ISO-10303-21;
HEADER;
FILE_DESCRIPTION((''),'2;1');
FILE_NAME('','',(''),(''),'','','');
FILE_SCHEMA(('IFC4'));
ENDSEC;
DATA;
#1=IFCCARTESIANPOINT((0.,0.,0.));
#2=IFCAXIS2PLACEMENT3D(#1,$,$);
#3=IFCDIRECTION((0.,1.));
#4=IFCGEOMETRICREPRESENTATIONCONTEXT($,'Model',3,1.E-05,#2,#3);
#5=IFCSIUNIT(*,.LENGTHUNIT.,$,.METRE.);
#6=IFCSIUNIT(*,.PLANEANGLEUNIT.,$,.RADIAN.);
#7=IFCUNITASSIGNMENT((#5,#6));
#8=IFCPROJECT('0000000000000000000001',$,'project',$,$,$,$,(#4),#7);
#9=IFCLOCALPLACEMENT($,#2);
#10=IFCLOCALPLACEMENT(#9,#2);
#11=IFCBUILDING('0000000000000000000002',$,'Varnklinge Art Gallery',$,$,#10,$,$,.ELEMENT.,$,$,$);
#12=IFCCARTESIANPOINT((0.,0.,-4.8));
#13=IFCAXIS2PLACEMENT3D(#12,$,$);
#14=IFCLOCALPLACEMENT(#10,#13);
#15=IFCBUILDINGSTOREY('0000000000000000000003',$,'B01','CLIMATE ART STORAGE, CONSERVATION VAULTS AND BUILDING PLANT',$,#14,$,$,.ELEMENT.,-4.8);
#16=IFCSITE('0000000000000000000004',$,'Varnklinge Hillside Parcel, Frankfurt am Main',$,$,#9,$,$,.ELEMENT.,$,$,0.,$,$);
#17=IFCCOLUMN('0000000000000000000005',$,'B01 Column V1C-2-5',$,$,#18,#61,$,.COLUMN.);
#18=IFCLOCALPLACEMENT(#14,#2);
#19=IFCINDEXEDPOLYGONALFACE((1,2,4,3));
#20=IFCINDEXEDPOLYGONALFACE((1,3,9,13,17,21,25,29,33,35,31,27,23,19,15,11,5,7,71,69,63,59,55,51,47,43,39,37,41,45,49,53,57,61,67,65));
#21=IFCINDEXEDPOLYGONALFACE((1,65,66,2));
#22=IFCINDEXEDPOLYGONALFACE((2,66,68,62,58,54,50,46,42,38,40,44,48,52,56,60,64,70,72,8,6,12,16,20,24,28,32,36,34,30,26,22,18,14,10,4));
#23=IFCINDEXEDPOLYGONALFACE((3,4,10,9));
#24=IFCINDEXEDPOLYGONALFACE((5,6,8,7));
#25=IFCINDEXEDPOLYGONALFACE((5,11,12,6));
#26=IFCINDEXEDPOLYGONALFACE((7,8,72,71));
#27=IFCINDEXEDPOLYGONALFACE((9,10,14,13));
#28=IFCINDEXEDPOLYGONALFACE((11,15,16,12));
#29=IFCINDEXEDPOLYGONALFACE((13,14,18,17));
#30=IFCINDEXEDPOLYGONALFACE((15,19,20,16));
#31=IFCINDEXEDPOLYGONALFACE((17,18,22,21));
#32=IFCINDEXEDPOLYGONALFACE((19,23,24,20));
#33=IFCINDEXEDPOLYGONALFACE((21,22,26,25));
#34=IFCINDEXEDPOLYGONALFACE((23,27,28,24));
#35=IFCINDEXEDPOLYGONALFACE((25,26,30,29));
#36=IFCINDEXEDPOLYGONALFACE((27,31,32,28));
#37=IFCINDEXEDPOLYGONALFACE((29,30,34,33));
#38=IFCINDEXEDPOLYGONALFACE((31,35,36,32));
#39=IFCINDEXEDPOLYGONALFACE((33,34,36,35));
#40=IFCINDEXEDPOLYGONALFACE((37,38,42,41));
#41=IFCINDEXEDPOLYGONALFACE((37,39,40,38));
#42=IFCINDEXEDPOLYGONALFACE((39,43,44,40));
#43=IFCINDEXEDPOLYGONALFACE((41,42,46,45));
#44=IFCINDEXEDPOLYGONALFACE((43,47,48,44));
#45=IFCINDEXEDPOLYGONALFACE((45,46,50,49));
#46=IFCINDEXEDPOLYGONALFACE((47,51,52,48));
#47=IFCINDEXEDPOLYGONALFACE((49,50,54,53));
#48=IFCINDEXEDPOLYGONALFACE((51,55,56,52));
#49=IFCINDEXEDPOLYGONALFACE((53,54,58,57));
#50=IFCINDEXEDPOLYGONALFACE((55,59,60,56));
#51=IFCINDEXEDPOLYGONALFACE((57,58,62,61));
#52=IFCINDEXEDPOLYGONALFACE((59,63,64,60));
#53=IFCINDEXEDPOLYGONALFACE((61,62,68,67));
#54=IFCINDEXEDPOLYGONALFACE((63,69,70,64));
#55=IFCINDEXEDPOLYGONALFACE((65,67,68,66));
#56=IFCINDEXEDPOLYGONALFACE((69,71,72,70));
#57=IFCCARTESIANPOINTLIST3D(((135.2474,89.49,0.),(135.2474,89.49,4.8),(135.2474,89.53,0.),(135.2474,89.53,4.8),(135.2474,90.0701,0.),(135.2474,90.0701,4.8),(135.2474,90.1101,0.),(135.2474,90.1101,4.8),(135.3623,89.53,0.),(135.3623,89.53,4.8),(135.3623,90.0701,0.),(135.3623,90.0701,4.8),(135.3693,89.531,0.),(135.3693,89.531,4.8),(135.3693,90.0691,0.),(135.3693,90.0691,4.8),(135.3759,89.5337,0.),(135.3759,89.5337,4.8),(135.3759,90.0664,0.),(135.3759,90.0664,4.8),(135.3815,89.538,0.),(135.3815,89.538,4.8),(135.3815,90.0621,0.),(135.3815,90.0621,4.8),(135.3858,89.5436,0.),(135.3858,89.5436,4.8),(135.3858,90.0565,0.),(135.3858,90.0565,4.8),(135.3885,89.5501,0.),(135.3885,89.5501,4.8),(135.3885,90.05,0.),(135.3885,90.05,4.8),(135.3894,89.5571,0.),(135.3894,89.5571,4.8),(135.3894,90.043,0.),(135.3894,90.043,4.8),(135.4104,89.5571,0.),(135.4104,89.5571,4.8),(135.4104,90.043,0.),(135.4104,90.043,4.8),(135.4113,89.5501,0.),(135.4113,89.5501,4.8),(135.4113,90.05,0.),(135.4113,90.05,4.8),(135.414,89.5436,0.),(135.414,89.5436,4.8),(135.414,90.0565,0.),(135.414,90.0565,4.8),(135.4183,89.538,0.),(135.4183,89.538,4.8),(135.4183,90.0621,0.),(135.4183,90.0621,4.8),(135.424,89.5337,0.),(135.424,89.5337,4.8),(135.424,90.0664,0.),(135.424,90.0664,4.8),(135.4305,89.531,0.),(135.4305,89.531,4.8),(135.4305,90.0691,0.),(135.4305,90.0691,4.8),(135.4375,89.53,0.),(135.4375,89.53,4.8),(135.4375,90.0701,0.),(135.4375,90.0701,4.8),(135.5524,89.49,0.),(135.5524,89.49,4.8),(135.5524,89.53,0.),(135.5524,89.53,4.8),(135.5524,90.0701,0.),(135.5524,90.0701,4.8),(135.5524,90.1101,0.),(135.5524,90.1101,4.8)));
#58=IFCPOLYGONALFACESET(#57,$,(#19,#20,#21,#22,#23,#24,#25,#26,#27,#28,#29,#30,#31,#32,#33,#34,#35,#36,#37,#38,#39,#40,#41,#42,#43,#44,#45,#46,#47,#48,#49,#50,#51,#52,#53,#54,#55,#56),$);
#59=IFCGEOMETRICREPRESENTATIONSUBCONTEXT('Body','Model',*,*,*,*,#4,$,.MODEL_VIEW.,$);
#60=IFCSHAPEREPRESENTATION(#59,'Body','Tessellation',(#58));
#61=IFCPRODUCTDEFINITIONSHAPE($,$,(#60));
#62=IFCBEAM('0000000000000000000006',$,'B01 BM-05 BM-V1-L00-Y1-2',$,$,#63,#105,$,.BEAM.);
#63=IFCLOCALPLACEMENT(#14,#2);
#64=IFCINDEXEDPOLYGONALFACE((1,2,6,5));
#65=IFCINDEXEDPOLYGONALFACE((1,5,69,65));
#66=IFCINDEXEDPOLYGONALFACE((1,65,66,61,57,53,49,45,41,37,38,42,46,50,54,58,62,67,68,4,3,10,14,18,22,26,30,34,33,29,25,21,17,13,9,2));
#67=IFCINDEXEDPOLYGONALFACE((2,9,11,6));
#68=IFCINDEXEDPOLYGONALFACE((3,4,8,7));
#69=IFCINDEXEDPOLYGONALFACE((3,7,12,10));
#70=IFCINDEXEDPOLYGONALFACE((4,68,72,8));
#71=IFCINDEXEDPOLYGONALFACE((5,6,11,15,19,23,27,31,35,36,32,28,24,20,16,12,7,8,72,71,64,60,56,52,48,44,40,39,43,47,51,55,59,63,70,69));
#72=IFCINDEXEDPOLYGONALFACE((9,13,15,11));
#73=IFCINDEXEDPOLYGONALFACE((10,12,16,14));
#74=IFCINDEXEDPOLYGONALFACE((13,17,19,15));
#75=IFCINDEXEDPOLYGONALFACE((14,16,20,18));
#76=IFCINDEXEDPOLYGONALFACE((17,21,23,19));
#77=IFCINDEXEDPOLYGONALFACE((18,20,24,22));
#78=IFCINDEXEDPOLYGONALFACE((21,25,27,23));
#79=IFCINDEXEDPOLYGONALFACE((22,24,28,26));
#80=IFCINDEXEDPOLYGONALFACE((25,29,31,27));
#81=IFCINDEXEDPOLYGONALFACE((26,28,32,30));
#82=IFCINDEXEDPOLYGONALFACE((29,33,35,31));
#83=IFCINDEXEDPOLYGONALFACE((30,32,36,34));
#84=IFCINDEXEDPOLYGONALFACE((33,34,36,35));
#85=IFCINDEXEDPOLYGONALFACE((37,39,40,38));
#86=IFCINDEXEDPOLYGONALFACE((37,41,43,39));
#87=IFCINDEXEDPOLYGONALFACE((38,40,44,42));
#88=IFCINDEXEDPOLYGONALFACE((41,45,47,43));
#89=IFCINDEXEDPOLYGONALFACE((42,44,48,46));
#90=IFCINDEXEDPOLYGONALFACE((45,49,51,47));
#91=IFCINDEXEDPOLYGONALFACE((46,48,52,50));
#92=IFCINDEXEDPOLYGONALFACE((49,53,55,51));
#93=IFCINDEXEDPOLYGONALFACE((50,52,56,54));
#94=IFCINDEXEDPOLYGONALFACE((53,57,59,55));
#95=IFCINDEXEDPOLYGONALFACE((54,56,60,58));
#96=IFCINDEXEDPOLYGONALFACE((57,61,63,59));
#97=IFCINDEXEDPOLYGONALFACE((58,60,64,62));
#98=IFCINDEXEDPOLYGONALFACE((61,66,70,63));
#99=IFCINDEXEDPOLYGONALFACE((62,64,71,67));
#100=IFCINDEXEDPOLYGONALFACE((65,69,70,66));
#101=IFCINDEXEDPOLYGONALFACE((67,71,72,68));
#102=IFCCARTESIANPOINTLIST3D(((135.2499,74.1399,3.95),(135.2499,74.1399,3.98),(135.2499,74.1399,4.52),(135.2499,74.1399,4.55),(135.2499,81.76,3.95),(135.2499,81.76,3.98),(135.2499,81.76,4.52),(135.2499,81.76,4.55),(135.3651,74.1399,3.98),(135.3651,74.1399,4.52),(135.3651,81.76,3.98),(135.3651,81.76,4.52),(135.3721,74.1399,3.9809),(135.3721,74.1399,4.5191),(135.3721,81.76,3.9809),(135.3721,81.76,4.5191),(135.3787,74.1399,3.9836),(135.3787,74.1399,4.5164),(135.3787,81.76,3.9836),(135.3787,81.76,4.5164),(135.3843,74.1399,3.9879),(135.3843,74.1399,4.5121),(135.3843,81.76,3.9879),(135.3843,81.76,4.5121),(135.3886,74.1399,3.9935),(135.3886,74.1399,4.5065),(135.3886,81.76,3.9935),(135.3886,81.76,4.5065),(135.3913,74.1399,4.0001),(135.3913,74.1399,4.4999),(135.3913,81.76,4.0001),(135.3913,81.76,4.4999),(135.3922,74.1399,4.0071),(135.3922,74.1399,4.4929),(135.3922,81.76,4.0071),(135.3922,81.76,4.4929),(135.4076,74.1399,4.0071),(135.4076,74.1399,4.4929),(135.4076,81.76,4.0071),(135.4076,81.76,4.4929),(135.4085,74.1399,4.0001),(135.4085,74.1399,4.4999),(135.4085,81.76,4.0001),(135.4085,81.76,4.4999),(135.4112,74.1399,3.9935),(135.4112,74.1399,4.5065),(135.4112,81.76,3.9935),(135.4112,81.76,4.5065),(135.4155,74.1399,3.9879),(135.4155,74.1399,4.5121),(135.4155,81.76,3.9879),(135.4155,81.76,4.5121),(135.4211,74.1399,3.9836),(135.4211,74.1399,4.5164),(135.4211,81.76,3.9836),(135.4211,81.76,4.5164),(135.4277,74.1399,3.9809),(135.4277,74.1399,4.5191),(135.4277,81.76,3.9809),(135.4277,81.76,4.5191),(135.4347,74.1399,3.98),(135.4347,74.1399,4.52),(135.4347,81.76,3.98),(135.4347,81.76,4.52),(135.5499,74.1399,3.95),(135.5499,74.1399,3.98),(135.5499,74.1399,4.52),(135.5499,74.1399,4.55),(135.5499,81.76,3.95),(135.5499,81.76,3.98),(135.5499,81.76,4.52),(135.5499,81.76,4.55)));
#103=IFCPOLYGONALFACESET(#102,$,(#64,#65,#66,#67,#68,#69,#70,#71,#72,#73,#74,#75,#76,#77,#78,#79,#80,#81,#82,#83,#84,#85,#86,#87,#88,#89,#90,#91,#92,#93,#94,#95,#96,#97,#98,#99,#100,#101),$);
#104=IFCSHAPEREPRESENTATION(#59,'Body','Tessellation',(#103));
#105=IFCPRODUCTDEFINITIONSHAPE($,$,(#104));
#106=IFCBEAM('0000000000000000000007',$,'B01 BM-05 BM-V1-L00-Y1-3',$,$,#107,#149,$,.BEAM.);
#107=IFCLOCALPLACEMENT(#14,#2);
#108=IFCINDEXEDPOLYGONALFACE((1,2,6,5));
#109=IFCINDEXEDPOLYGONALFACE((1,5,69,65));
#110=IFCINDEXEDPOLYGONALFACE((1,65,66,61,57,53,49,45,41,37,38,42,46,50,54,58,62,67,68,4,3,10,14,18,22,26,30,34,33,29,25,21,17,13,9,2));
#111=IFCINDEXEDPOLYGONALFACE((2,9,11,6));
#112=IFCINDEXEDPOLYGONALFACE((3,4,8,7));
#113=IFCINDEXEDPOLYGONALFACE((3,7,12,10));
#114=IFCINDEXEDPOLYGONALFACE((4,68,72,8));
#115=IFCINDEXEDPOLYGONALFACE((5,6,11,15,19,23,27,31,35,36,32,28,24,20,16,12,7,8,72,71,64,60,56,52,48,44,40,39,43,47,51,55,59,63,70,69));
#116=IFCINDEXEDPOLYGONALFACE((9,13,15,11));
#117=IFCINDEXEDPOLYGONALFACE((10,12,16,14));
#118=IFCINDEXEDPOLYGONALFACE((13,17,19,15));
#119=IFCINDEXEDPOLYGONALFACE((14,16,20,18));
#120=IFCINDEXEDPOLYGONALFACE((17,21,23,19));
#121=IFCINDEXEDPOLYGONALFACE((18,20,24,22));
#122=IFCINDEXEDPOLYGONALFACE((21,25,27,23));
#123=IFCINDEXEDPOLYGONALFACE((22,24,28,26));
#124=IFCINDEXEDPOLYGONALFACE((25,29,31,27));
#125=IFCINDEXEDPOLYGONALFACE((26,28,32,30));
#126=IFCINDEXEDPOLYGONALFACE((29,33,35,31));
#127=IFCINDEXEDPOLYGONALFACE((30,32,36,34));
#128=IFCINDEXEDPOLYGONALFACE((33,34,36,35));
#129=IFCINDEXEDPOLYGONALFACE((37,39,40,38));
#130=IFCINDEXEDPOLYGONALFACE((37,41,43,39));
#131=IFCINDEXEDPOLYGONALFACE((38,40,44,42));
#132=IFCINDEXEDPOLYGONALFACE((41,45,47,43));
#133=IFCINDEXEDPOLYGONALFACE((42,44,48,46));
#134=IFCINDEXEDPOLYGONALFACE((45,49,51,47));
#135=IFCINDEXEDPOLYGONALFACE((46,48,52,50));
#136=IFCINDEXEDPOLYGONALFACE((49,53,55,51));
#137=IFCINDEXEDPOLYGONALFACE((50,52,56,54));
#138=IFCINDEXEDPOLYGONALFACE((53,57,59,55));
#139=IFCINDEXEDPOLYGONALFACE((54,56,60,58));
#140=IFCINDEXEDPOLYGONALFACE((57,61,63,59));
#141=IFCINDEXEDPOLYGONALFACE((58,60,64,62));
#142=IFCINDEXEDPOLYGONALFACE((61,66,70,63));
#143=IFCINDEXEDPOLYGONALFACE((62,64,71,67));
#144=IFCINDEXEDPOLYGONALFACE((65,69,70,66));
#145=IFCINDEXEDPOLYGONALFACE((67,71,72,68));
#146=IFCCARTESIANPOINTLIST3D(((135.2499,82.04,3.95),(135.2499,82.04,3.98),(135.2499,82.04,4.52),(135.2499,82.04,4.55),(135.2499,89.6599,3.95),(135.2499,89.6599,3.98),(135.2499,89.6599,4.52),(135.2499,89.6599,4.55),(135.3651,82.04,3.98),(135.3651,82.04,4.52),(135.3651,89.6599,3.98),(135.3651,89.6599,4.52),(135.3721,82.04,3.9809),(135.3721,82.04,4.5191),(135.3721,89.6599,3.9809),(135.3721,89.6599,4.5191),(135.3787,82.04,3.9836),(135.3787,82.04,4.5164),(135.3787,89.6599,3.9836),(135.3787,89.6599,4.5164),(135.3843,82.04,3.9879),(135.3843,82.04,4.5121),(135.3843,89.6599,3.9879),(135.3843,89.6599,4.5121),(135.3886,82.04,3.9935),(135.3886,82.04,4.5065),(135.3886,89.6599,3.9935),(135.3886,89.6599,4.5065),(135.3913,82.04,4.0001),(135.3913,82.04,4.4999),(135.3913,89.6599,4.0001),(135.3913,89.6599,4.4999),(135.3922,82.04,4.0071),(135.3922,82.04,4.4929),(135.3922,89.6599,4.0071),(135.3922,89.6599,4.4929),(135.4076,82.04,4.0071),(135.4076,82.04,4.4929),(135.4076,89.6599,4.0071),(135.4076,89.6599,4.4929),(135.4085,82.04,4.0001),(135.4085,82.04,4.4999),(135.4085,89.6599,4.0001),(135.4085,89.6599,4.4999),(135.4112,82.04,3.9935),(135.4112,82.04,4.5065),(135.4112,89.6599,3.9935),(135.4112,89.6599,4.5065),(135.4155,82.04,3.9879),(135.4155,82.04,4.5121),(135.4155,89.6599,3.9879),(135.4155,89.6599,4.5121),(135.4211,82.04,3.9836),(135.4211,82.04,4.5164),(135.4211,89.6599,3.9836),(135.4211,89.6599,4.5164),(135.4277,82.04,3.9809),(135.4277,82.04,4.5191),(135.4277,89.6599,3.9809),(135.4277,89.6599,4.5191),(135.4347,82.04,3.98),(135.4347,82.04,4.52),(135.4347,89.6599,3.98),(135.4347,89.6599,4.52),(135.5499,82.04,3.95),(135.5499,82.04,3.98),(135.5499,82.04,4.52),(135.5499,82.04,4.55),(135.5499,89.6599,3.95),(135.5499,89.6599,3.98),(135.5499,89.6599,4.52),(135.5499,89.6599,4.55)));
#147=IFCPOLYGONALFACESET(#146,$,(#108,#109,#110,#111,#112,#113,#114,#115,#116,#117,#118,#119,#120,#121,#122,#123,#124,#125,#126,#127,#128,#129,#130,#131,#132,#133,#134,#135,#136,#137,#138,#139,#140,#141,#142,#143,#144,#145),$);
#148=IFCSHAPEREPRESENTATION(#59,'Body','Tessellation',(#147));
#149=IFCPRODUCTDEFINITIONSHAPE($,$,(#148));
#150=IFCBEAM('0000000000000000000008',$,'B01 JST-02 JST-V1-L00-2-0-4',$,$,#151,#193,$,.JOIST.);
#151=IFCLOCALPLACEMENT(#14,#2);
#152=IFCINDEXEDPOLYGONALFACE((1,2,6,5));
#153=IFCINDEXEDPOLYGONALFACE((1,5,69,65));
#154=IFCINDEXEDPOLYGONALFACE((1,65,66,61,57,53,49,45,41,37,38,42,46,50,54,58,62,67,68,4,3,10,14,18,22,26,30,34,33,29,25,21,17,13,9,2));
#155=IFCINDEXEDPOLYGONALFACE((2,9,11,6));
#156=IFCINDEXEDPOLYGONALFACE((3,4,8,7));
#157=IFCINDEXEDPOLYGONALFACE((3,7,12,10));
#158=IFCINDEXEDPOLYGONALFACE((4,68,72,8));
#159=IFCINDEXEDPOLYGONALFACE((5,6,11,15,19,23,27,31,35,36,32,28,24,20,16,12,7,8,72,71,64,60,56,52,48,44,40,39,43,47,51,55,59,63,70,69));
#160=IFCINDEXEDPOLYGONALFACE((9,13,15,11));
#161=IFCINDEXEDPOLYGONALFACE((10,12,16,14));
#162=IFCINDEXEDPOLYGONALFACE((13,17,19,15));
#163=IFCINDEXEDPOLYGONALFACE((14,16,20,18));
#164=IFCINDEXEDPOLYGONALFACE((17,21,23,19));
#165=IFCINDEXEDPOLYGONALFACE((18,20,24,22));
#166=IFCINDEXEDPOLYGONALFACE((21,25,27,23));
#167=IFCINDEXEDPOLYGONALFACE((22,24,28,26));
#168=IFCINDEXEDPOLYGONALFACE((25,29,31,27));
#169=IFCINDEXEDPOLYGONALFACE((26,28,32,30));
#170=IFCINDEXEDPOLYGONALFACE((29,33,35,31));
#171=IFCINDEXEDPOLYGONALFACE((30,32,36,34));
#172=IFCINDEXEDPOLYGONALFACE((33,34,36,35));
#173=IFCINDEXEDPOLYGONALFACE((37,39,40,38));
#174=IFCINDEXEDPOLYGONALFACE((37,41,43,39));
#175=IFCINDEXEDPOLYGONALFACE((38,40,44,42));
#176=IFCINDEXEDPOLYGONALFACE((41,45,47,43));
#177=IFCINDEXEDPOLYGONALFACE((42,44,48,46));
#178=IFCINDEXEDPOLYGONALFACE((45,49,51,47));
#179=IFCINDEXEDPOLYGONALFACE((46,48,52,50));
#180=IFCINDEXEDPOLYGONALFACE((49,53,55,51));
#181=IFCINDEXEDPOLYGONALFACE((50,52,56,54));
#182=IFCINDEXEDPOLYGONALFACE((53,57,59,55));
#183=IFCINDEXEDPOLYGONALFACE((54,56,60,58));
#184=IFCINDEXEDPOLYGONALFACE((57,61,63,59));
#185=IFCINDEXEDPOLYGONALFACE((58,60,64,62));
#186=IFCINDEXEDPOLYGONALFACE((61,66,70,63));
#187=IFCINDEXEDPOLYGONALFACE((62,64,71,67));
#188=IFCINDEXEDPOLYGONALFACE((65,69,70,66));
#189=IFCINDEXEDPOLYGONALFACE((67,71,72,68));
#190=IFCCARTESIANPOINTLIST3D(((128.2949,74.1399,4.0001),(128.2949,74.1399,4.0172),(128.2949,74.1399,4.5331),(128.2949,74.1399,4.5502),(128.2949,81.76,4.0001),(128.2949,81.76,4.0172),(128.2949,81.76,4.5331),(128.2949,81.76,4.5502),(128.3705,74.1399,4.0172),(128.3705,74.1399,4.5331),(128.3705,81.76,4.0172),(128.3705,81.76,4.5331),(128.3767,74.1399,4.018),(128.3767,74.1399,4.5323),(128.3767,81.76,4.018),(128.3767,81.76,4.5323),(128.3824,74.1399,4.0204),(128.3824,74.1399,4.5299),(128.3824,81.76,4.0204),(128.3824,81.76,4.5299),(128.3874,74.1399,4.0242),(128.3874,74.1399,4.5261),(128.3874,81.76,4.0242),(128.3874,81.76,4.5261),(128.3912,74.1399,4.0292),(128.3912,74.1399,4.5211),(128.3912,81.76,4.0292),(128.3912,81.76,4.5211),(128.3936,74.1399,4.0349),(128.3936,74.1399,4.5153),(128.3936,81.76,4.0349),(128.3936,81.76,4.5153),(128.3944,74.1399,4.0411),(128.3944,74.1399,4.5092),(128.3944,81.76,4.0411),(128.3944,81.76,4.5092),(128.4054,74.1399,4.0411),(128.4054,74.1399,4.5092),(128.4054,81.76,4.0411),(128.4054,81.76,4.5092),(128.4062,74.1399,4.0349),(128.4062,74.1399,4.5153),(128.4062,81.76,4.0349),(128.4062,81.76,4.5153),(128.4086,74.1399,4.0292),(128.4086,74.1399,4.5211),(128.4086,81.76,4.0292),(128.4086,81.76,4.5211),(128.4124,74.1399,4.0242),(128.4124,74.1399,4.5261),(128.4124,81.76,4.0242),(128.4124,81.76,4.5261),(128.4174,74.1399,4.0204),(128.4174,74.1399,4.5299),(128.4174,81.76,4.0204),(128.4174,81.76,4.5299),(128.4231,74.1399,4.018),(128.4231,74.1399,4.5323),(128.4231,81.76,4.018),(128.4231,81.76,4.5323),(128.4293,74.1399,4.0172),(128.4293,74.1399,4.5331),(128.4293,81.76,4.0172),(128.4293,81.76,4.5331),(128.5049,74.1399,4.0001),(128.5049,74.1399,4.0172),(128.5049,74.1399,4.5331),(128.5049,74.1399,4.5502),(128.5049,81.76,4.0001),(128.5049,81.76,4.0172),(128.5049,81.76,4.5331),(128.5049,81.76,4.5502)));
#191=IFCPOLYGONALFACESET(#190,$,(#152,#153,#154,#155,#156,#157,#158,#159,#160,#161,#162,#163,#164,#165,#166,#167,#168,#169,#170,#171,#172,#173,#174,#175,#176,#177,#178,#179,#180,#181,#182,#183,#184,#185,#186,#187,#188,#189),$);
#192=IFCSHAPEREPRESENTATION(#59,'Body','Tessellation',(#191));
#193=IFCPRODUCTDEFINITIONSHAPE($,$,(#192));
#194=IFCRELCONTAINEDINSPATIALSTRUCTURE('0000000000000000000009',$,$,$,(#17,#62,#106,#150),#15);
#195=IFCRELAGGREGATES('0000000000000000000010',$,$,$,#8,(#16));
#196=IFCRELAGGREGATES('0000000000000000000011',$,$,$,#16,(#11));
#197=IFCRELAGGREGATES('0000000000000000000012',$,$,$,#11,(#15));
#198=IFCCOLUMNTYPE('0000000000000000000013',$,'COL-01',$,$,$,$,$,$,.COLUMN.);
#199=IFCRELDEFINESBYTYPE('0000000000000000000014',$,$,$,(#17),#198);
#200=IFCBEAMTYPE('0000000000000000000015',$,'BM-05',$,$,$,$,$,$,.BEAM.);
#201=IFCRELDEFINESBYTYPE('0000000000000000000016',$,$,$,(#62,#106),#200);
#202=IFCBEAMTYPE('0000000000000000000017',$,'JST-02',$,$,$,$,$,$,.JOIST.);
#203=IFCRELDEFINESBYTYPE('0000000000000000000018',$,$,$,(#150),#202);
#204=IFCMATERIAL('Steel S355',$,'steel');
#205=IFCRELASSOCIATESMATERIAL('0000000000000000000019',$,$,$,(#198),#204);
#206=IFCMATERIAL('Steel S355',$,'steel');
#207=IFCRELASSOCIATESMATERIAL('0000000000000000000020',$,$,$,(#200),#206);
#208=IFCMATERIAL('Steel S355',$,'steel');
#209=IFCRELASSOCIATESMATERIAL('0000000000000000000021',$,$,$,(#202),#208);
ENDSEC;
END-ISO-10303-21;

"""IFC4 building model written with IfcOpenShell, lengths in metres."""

from ifc_helpers import new_model, si_unit, direction, frame, origin, origin_2d, place, context, subcontext, project, spatial, i_section, extrude, material, material_profile, profile_set, type_object, element, save


model = new_model("IFC4")

# Units and contexts
model_context = context("Model", 3, precision=1e-05, world=origin(), true_north=direction((0.0, 1.0)))
body_context = subcontext(model_context, "Body", "Model", "MODEL_VIEW")
ifc_project = project(units=[si_unit("LENGTHUNIT", "METRE"), si_unit("PLANEANGLEUNIT", "RADIAN")], contexts=[model_context])

# Site, building, storey
site_placement = place(None, origin())
site = spatial("IfcSite", under=ifc_project, at=site_placement, Name="Varnklinge Hillside Parcel, Frankfurt am Main", CompositionType="ELEMENT", RefElevation=0.0)
building_placement = place(site_placement, origin())
building = spatial("IfcBuilding", under=site, at=building_placement, Name="Varnklinge Art Gallery", CompositionType="ELEMENT")
storey_placement = place(building_placement, frame((0.0, 0.0, -4.8)))
storey = spatial("IfcBuildingStorey", under=building, at=storey_placement, Name="B01", Description="CLIMATE ART STORAGE, CONSERVATION VAULTS AND BUILDING PLANT", CompositionType="ELEMENT", Elevation=-4.8)

# Column
ifc_material_1 = material(Name="Steel S355", Category="steel")
ifc_material_profile_1 = material_profile(ifc_material_1, i_section(OverallWidth=0.3049, OverallDepth=0.6201, WebThickness=0.021, FlangeThickness=0.04, FilletRadius=0.0271, at=origin_2d()), Name="HEM 600")
ifc_profile_set_1 = profile_set([ifc_material_profile_1], Name="Steel S355")
column_type = type_object("IfcColumnType", Name="COL-01", PredefinedType="COLUMN", material=ifc_profile_set_1)
for number, where, z_axis, x_axis, name in (
    (1, (135.3999, 89.8, 0.0), (0.0, 0.0, 1.0), (1.0, 0.0, 0.0), "B01 Column V1C-2-5"),
):
    element("IfcColumn", number, at=place(storey_placement, frame(where, z_axis=z_axis, x_axis=x_axis)), inside=storey, type_object=column_type, Name=name, PredefinedType="COLUMN", context=body_context, shape_type="SweptSolid", body=[
        extrude(i_section(OverallWidth=0.3049, OverallDepth=0.6201, WebThickness=0.021, FlangeThickness=0.04, FilletRadius=0.0271, at=origin_2d()), origin(), (0.0, 0.0, 1.0), 4.8),
    ])

# Beams
ifc_material_2 = material(Name="Steel S355", Category="steel")
ifc_material_profile_2 = material_profile(ifc_material_2, i_section(OverallWidth=0.3, OverallDepth=0.6001, WebThickness=0.0154, FlangeThickness=0.03, FilletRadius=0.0271, at=origin_2d()), Name="HEB 600")
ifc_profile_set_2 = profile_set([ifc_material_profile_2], Name="Steel S355")
beam_type_1 = type_object("IfcBeamType", Name="BM-05", PredefinedType="BEAM", material=ifc_profile_set_2)
beam_1_placement = place(storey_placement, frame((135.3999, 74.1399, 4.25), z_axis=(0.0, 1.0, 0.0), x_axis=(-1.0, 0.0, 0.0)))
element("IfcBeam", 2, at=beam_1_placement, inside=storey, type_object=beam_type_1, Name="B01 BM-05 BM-V1-L00-Y1-2", PredefinedType="BEAM", context=body_context, shape_type="SweptSolid", body=[
    extrude(i_section(OverallWidth=0.3, OverallDepth=0.6001, WebThickness=0.0154, FlangeThickness=0.03, FilletRadius=0.0271, at=origin_2d()), origin(), (0.0, 0.0, 1.0), 7.6201),
])
beam_2_placement = place(storey_placement, frame((135.3999, 82.04, 4.25), z_axis=(0.0, 1.0, 0.0), x_axis=(-1.0, 0.0, 0.0)))
element("IfcBeam", 3, at=beam_2_placement, inside=storey, type_object=beam_type_1, Name="B01 BM-05 BM-V1-L00-Y1-3", PredefinedType="BEAM", context=body_context, shape_type="SweptSolid", body=[
    extrude(i_section(OverallWidth=0.3, OverallDepth=0.6001, WebThickness=0.0154, FlangeThickness=0.03, FilletRadius=0.0271, at=origin_2d()), origin(), (0.0, 0.0, 1.0), 7.6199),
])
ifc_material_3 = material(Name="Steel S355", Category="steel")
ifc_material_profile_3 = material_profile(ifc_material_3, i_section(OverallWidth=0.21, OverallDepth=0.55, WebThickness=0.011, FlangeThickness=0.0171, FilletRadius=0.0239, at=origin_2d()), Name="IPE 550")
ifc_profile_set_3 = profile_set([ifc_material_profile_3], Name="Steel S355")
beam_type_2 = type_object("IfcBeamType", Name="JST-02", PredefinedType="JOIST", material=ifc_profile_set_3)
for number, where, z_axis, x_axis, name in (
    (4, (128.3999, 74.1399, 4.2751), (0.0, 1.0, 0.0), (-1.0, 0.0, 0.0), "B01 JST-02 JST-V1-L00-2-0-4"),
):
    element("IfcBeam", number, at=place(storey_placement, frame(where, z_axis=z_axis, x_axis=x_axis)), inside=storey, type_object=beam_type_2, Name=name, PredefinedType="JOIST", context=body_context, shape_type="SweptSolid", body=[
        extrude(i_section(OverallWidth=0.21, OverallDepth=0.55, WebThickness=0.011, FlangeThickness=0.0171, FilletRadius=0.0239, at=origin_2d()), origin(), (0.0, 0.0, 1.0), 7.6201),
    ])

save(model, "model.ifc")
